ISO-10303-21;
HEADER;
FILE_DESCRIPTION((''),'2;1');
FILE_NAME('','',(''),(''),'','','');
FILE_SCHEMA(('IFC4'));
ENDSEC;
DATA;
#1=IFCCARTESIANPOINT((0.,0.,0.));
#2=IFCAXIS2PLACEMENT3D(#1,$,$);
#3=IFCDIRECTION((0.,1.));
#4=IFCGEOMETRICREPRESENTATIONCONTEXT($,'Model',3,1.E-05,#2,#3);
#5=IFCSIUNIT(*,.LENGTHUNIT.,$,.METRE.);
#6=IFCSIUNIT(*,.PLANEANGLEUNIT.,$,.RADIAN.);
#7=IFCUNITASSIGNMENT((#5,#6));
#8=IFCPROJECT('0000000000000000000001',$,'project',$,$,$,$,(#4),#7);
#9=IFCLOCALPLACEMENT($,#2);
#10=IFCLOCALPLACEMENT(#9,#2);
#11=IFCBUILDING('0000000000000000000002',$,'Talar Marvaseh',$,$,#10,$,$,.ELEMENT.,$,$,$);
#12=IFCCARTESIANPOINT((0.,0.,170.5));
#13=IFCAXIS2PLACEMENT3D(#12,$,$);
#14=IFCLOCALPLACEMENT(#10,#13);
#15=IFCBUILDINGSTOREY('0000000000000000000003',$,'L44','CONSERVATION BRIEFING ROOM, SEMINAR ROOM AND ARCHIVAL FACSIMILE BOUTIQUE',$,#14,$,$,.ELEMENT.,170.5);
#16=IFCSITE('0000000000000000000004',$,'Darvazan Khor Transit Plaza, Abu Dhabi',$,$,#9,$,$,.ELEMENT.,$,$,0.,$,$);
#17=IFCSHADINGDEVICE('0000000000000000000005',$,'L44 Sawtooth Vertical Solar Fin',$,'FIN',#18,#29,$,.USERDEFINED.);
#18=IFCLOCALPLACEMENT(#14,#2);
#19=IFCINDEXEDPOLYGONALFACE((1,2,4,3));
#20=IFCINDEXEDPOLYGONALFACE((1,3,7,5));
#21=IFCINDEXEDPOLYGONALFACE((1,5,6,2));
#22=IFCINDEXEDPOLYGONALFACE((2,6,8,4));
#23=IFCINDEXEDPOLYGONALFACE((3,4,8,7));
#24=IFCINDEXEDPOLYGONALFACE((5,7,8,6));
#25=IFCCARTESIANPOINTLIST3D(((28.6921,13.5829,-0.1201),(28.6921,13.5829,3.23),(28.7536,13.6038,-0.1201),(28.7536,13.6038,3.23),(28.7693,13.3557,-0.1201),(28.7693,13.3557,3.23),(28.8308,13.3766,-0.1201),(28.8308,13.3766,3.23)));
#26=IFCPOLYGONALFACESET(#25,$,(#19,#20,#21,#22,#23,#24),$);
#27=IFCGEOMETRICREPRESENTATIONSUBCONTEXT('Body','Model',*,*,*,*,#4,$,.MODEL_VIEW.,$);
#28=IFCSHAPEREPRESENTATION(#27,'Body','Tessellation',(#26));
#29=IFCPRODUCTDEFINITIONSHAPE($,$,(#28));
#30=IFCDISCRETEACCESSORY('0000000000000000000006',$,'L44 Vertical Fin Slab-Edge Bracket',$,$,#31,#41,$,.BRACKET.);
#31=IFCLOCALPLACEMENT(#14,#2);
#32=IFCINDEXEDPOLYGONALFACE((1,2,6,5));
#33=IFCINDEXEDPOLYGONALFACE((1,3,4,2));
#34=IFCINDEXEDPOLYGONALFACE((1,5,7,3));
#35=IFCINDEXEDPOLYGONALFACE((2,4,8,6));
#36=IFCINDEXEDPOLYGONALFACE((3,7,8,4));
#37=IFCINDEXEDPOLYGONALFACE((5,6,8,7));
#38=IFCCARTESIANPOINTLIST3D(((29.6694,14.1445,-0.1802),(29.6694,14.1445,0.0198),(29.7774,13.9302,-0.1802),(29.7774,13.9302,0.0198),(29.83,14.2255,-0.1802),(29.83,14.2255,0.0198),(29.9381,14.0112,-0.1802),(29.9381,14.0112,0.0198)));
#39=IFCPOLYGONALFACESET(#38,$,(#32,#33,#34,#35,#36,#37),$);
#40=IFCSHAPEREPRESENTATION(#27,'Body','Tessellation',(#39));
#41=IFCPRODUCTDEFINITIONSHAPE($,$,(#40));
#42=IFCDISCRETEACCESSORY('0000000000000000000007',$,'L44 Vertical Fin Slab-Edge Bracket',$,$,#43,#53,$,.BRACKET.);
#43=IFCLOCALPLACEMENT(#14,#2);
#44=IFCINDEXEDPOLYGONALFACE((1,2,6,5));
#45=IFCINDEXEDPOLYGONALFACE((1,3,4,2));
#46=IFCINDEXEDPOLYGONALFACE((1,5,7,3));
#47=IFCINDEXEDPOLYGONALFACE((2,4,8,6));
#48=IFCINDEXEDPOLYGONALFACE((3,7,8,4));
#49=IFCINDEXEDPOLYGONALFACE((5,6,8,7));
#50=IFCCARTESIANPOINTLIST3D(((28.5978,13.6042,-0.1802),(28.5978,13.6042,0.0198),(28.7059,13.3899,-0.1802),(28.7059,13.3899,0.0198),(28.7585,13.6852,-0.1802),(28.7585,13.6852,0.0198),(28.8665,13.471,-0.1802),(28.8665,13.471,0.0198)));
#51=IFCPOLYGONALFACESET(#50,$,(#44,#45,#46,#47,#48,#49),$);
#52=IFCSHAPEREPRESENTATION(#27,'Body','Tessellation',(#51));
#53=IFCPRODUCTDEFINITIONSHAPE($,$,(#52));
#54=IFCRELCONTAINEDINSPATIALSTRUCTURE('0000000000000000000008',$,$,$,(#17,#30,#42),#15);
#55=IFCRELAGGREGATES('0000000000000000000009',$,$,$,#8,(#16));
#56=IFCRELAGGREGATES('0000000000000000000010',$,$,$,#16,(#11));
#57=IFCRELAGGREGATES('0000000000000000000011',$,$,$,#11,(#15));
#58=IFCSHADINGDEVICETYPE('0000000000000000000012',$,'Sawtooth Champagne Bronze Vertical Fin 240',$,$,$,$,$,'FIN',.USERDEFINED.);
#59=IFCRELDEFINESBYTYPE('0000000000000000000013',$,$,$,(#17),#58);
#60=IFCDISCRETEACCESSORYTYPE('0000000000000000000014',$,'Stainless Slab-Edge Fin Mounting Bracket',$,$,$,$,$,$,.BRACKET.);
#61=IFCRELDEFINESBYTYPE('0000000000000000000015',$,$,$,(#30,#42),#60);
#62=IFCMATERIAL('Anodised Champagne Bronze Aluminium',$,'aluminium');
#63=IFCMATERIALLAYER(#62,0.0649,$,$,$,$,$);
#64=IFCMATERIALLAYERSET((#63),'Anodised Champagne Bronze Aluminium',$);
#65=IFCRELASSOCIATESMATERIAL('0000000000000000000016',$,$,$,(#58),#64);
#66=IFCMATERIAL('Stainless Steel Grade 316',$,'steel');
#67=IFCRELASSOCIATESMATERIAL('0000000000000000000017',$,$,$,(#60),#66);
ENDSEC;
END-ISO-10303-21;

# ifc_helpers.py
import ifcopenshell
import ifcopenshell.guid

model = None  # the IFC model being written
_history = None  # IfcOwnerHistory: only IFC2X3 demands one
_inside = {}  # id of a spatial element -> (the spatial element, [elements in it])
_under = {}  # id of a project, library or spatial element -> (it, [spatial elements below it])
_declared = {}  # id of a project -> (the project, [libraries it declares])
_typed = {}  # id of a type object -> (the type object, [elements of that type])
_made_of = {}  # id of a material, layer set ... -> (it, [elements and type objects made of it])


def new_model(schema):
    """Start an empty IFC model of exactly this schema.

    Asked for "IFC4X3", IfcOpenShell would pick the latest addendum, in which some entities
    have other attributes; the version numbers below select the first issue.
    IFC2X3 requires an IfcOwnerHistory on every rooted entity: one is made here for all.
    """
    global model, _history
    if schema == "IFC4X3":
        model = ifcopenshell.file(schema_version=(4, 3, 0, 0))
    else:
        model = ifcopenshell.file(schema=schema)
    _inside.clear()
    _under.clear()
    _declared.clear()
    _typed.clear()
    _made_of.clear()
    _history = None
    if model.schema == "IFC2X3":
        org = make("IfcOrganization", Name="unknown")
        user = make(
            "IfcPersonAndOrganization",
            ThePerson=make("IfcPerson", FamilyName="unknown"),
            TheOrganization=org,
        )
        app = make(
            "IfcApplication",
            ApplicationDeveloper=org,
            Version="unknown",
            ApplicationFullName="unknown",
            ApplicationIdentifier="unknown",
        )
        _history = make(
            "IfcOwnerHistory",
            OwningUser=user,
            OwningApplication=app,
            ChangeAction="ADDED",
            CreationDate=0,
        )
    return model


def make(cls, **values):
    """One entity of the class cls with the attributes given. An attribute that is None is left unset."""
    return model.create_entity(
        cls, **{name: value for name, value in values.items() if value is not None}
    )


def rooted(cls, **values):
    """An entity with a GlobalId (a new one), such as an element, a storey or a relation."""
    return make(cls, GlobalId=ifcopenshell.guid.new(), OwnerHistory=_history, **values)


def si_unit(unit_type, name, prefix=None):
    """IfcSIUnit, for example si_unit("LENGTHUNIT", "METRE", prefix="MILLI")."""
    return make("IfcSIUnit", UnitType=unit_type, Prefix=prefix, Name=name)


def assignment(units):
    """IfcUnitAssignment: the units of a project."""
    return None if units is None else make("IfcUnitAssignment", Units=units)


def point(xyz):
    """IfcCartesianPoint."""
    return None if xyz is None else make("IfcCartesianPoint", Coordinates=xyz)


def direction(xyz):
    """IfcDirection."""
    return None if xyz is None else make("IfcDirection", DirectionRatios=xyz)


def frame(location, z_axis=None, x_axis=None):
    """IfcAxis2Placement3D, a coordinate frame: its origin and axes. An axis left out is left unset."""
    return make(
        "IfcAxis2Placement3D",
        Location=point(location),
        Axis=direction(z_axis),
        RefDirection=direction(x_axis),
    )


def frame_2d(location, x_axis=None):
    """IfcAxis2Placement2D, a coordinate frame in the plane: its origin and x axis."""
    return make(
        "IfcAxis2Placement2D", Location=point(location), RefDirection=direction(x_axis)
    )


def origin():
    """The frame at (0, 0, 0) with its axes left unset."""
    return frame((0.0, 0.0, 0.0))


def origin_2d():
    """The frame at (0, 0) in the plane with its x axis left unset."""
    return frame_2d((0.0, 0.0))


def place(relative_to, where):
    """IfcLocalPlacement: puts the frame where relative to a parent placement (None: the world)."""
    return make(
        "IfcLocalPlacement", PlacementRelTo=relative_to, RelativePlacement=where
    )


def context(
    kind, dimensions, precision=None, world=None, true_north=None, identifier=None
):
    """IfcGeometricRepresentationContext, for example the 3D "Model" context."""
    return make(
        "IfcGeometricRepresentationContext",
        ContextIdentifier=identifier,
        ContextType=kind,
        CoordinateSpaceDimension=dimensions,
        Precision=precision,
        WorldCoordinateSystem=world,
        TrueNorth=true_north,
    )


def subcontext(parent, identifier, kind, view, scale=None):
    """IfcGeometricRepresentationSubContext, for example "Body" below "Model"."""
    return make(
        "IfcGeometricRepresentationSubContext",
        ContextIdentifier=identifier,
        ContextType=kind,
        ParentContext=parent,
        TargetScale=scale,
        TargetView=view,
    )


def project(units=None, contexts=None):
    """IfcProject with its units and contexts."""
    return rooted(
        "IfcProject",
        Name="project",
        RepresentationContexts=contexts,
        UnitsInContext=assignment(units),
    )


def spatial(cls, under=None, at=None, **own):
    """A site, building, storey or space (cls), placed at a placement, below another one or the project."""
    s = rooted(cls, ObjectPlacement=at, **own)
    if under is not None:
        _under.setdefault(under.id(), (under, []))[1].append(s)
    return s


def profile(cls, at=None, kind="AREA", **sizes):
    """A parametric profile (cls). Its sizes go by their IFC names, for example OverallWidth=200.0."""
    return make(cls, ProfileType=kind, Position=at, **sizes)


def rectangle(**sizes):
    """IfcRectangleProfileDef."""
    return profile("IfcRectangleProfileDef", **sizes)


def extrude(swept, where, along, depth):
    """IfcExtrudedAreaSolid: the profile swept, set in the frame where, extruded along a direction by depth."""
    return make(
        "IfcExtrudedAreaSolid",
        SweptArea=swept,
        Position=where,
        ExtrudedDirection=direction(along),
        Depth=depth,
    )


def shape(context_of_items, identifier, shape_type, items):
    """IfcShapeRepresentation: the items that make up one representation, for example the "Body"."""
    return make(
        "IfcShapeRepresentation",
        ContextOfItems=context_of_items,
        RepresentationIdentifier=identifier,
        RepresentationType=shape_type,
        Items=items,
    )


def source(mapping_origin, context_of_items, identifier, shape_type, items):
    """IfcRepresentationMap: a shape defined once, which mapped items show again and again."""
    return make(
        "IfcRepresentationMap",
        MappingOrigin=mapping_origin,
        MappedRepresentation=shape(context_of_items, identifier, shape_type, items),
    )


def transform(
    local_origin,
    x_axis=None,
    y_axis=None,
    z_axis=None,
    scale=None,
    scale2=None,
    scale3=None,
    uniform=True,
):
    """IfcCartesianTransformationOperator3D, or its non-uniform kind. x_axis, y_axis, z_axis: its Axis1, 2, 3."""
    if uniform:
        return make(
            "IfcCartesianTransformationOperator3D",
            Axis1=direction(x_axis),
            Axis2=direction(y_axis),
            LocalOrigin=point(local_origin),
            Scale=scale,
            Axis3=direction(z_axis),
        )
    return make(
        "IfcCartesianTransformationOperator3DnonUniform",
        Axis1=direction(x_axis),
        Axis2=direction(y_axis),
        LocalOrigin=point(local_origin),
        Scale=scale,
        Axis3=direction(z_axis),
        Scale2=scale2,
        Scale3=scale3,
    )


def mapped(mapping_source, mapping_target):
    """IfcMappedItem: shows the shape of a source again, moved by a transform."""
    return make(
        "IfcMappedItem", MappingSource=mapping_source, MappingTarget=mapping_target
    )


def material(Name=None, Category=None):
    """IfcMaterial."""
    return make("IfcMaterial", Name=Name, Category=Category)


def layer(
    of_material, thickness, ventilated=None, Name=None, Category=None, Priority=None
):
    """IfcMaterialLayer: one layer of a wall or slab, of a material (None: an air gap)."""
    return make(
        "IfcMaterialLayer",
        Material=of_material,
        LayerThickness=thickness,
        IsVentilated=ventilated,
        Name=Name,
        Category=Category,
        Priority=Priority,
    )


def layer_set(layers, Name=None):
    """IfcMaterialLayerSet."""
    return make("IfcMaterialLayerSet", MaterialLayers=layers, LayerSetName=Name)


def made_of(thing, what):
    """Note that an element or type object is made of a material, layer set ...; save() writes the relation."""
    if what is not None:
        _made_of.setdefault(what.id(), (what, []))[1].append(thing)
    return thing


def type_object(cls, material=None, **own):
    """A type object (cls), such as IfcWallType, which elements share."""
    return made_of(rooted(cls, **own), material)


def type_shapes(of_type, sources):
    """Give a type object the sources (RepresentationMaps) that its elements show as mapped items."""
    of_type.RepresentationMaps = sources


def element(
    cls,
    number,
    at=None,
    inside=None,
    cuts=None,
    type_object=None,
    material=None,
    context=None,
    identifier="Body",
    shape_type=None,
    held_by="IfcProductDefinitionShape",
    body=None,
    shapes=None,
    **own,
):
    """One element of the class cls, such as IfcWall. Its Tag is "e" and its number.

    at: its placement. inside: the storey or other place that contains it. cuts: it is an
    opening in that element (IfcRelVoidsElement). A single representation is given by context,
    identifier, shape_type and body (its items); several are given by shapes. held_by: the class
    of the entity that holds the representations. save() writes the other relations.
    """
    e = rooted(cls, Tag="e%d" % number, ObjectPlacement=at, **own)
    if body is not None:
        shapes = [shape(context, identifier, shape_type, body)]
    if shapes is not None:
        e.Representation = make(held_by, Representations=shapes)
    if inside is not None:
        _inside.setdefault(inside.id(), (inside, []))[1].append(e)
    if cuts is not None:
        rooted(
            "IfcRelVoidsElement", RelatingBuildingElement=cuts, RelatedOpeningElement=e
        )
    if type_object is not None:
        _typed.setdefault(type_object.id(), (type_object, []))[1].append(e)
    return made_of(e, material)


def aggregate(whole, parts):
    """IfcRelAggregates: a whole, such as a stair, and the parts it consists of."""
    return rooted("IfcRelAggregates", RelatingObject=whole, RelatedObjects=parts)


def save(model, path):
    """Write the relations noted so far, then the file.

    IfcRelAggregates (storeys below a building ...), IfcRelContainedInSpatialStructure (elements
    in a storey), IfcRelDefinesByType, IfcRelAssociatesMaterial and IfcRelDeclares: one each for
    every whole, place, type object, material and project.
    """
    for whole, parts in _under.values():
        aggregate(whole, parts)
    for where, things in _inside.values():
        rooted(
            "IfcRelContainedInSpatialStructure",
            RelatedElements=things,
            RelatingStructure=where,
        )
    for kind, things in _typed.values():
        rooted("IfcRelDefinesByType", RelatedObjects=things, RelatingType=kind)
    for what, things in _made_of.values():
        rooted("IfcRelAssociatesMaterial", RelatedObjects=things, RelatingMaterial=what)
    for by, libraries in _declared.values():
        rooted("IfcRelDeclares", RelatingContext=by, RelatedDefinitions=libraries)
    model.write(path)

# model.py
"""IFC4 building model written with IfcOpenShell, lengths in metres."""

from ifc_helpers import new_model, si_unit, direction, frame, origin, origin_2d, place, context, subcontext, project, spatial, rectangle, extrude, source, transform, mapped, material, layer, layer_set, type_object, type_shapes, element, save


model = new_model("IFC4")

# Units and contexts
model_context = context("Model", 3, precision=1e-05, world=origin(), true_north=direction((0.0, 1.0)))
body_context = subcontext(model_context, "Body", "Model", "MODEL_VIEW")
ifc_project = project(units=[si_unit("LENGTHUNIT", "METRE"), si_unit("PLANEANGLEUNIT", "RADIAN")], contexts=[model_context])

# Site, building, storey
site_placement = place(None, origin())
site = spatial("IfcSite", under=ifc_project, at=site_placement, Name="Darvazan Khor Transit Plaza, Abu Dhabi", CompositionType="ELEMENT", RefElevation=0.0)
building_placement = place(site_placement, origin())
building = spatial("IfcBuilding", under=site, at=building_placement, Name="Talar Marvaseh", CompositionType="ELEMENT")
storey_placement = place(building_placement, frame((0.0, 0.0, 170.5)))
storey = spatial("IfcBuildingStorey", under=building, at=storey_placement, Name="L44", Description="CONSERVATION BRIEFING ROOM, SEMINAR ROOM AND ARCHIVAL FACSIMILE BOUTIQUE", CompositionType="ELEMENT", Elevation=170.5)

# Shading device
ifc_material_1 = material(Name="Anodised Champagne Bronze Aluminium", Category="aluminium")
ifc_layer_1 = layer(ifc_material_1, 0.0649)
ifc_layer_set_1 = layer_set([ifc_layer_1], Name="Anodised Champagne Bronze Aluminium")
shading_device_type = type_object("IfcShadingDeviceType", Name="Sawtooth Champagne Bronze Vertical Fin 240", ElementType="FIN", PredefinedType="USERDEFINED", material=ifc_layer_set_1)
shared_shape_1 = source(origin(), body_context, "Body", "SweptSolid", [
    extrude(rectangle(XDim=0.24, YDim=0.0649, at=origin_2d()), origin(), (0.0, 0.0, 1.0), 3.3501),
])
type_shapes(shading_device_type, [shared_shape_1])
for number, where, z_axis, x_axis, name in (
    (1, (28.7615, 13.4797, -0.1201), (0.0, 0.0, 1.0), (0.321605, -0.946874, 0.0), "L44 Sawtooth Vertical Solar Fin"),
):
    element("IfcShadingDevice", number, at=place(storey_placement, frame(where, z_axis=z_axis, x_axis=x_axis)), inside=storey, type_object=shading_device_type, Name=name, ObjectType="FIN", PredefinedType="USERDEFINED", context=body_context, shape_type="MappedRepresentation", body=[
        mapped(shared_shape_1, transform((0.0, 0.0, 0.0), x_axis=(1.0, 0.0, 0.0), y_axis=(0.0, 1.0, 0.0), z_axis=(0.0, 0.0, 1.0), scale=1.0)),
    ])

# Discrete accessories
ifc_material_2 = material(Name="Stainless Steel Grade 316", Category="steel")
discrete_accessory_type = type_object("IfcDiscreteAccessoryType", Name="Stainless Slab-Edge Fin Mounting Bracket", PredefinedType="BRACKET", material=ifc_material_2)
shared_shape_2 = source(origin(), body_context, "Body", "SweptSolid", [
    extrude(rectangle(XDim=0.24, YDim=0.1799, at=origin_2d()), origin(), (0.0, 0.0, 1.0), 0.2),
])
type_shapes(discrete_accessory_type, [shared_shape_2])
for number, where, z_axis, x_axis, name in (
    (2, (29.8037, 14.0779, -0.1802), (0.0, 0.0, 1.0), (0.450254, -0.8929, 0.0), "L44 Vertical Fin Slab-Edge Bracket"),
    (3, (28.7322, 13.5376, -0.1802), (0.0, 0.0, 1.0), (0.450254, -0.8929, 0.0), "L44 Vertical Fin Slab-Edge Bracket"),
):
    element("IfcDiscreteAccessory", number, at=place(storey_placement, frame(where, z_axis=z_axis, x_axis=x_axis)), inside=storey, type_object=discrete_accessory_type, Name=name, PredefinedType="BRACKET", context=body_context, shape_type="MappedRepresentation", body=[
        mapped(shared_shape_2, transform((0.0, 0.0, 0.0), x_axis=(1.0, 0.0, 0.0), y_axis=(0.0, 1.0, 0.0), z_axis=(0.0, 0.0, 1.0), scale=1.0)),
    ])

save(model, "model.ifc")
